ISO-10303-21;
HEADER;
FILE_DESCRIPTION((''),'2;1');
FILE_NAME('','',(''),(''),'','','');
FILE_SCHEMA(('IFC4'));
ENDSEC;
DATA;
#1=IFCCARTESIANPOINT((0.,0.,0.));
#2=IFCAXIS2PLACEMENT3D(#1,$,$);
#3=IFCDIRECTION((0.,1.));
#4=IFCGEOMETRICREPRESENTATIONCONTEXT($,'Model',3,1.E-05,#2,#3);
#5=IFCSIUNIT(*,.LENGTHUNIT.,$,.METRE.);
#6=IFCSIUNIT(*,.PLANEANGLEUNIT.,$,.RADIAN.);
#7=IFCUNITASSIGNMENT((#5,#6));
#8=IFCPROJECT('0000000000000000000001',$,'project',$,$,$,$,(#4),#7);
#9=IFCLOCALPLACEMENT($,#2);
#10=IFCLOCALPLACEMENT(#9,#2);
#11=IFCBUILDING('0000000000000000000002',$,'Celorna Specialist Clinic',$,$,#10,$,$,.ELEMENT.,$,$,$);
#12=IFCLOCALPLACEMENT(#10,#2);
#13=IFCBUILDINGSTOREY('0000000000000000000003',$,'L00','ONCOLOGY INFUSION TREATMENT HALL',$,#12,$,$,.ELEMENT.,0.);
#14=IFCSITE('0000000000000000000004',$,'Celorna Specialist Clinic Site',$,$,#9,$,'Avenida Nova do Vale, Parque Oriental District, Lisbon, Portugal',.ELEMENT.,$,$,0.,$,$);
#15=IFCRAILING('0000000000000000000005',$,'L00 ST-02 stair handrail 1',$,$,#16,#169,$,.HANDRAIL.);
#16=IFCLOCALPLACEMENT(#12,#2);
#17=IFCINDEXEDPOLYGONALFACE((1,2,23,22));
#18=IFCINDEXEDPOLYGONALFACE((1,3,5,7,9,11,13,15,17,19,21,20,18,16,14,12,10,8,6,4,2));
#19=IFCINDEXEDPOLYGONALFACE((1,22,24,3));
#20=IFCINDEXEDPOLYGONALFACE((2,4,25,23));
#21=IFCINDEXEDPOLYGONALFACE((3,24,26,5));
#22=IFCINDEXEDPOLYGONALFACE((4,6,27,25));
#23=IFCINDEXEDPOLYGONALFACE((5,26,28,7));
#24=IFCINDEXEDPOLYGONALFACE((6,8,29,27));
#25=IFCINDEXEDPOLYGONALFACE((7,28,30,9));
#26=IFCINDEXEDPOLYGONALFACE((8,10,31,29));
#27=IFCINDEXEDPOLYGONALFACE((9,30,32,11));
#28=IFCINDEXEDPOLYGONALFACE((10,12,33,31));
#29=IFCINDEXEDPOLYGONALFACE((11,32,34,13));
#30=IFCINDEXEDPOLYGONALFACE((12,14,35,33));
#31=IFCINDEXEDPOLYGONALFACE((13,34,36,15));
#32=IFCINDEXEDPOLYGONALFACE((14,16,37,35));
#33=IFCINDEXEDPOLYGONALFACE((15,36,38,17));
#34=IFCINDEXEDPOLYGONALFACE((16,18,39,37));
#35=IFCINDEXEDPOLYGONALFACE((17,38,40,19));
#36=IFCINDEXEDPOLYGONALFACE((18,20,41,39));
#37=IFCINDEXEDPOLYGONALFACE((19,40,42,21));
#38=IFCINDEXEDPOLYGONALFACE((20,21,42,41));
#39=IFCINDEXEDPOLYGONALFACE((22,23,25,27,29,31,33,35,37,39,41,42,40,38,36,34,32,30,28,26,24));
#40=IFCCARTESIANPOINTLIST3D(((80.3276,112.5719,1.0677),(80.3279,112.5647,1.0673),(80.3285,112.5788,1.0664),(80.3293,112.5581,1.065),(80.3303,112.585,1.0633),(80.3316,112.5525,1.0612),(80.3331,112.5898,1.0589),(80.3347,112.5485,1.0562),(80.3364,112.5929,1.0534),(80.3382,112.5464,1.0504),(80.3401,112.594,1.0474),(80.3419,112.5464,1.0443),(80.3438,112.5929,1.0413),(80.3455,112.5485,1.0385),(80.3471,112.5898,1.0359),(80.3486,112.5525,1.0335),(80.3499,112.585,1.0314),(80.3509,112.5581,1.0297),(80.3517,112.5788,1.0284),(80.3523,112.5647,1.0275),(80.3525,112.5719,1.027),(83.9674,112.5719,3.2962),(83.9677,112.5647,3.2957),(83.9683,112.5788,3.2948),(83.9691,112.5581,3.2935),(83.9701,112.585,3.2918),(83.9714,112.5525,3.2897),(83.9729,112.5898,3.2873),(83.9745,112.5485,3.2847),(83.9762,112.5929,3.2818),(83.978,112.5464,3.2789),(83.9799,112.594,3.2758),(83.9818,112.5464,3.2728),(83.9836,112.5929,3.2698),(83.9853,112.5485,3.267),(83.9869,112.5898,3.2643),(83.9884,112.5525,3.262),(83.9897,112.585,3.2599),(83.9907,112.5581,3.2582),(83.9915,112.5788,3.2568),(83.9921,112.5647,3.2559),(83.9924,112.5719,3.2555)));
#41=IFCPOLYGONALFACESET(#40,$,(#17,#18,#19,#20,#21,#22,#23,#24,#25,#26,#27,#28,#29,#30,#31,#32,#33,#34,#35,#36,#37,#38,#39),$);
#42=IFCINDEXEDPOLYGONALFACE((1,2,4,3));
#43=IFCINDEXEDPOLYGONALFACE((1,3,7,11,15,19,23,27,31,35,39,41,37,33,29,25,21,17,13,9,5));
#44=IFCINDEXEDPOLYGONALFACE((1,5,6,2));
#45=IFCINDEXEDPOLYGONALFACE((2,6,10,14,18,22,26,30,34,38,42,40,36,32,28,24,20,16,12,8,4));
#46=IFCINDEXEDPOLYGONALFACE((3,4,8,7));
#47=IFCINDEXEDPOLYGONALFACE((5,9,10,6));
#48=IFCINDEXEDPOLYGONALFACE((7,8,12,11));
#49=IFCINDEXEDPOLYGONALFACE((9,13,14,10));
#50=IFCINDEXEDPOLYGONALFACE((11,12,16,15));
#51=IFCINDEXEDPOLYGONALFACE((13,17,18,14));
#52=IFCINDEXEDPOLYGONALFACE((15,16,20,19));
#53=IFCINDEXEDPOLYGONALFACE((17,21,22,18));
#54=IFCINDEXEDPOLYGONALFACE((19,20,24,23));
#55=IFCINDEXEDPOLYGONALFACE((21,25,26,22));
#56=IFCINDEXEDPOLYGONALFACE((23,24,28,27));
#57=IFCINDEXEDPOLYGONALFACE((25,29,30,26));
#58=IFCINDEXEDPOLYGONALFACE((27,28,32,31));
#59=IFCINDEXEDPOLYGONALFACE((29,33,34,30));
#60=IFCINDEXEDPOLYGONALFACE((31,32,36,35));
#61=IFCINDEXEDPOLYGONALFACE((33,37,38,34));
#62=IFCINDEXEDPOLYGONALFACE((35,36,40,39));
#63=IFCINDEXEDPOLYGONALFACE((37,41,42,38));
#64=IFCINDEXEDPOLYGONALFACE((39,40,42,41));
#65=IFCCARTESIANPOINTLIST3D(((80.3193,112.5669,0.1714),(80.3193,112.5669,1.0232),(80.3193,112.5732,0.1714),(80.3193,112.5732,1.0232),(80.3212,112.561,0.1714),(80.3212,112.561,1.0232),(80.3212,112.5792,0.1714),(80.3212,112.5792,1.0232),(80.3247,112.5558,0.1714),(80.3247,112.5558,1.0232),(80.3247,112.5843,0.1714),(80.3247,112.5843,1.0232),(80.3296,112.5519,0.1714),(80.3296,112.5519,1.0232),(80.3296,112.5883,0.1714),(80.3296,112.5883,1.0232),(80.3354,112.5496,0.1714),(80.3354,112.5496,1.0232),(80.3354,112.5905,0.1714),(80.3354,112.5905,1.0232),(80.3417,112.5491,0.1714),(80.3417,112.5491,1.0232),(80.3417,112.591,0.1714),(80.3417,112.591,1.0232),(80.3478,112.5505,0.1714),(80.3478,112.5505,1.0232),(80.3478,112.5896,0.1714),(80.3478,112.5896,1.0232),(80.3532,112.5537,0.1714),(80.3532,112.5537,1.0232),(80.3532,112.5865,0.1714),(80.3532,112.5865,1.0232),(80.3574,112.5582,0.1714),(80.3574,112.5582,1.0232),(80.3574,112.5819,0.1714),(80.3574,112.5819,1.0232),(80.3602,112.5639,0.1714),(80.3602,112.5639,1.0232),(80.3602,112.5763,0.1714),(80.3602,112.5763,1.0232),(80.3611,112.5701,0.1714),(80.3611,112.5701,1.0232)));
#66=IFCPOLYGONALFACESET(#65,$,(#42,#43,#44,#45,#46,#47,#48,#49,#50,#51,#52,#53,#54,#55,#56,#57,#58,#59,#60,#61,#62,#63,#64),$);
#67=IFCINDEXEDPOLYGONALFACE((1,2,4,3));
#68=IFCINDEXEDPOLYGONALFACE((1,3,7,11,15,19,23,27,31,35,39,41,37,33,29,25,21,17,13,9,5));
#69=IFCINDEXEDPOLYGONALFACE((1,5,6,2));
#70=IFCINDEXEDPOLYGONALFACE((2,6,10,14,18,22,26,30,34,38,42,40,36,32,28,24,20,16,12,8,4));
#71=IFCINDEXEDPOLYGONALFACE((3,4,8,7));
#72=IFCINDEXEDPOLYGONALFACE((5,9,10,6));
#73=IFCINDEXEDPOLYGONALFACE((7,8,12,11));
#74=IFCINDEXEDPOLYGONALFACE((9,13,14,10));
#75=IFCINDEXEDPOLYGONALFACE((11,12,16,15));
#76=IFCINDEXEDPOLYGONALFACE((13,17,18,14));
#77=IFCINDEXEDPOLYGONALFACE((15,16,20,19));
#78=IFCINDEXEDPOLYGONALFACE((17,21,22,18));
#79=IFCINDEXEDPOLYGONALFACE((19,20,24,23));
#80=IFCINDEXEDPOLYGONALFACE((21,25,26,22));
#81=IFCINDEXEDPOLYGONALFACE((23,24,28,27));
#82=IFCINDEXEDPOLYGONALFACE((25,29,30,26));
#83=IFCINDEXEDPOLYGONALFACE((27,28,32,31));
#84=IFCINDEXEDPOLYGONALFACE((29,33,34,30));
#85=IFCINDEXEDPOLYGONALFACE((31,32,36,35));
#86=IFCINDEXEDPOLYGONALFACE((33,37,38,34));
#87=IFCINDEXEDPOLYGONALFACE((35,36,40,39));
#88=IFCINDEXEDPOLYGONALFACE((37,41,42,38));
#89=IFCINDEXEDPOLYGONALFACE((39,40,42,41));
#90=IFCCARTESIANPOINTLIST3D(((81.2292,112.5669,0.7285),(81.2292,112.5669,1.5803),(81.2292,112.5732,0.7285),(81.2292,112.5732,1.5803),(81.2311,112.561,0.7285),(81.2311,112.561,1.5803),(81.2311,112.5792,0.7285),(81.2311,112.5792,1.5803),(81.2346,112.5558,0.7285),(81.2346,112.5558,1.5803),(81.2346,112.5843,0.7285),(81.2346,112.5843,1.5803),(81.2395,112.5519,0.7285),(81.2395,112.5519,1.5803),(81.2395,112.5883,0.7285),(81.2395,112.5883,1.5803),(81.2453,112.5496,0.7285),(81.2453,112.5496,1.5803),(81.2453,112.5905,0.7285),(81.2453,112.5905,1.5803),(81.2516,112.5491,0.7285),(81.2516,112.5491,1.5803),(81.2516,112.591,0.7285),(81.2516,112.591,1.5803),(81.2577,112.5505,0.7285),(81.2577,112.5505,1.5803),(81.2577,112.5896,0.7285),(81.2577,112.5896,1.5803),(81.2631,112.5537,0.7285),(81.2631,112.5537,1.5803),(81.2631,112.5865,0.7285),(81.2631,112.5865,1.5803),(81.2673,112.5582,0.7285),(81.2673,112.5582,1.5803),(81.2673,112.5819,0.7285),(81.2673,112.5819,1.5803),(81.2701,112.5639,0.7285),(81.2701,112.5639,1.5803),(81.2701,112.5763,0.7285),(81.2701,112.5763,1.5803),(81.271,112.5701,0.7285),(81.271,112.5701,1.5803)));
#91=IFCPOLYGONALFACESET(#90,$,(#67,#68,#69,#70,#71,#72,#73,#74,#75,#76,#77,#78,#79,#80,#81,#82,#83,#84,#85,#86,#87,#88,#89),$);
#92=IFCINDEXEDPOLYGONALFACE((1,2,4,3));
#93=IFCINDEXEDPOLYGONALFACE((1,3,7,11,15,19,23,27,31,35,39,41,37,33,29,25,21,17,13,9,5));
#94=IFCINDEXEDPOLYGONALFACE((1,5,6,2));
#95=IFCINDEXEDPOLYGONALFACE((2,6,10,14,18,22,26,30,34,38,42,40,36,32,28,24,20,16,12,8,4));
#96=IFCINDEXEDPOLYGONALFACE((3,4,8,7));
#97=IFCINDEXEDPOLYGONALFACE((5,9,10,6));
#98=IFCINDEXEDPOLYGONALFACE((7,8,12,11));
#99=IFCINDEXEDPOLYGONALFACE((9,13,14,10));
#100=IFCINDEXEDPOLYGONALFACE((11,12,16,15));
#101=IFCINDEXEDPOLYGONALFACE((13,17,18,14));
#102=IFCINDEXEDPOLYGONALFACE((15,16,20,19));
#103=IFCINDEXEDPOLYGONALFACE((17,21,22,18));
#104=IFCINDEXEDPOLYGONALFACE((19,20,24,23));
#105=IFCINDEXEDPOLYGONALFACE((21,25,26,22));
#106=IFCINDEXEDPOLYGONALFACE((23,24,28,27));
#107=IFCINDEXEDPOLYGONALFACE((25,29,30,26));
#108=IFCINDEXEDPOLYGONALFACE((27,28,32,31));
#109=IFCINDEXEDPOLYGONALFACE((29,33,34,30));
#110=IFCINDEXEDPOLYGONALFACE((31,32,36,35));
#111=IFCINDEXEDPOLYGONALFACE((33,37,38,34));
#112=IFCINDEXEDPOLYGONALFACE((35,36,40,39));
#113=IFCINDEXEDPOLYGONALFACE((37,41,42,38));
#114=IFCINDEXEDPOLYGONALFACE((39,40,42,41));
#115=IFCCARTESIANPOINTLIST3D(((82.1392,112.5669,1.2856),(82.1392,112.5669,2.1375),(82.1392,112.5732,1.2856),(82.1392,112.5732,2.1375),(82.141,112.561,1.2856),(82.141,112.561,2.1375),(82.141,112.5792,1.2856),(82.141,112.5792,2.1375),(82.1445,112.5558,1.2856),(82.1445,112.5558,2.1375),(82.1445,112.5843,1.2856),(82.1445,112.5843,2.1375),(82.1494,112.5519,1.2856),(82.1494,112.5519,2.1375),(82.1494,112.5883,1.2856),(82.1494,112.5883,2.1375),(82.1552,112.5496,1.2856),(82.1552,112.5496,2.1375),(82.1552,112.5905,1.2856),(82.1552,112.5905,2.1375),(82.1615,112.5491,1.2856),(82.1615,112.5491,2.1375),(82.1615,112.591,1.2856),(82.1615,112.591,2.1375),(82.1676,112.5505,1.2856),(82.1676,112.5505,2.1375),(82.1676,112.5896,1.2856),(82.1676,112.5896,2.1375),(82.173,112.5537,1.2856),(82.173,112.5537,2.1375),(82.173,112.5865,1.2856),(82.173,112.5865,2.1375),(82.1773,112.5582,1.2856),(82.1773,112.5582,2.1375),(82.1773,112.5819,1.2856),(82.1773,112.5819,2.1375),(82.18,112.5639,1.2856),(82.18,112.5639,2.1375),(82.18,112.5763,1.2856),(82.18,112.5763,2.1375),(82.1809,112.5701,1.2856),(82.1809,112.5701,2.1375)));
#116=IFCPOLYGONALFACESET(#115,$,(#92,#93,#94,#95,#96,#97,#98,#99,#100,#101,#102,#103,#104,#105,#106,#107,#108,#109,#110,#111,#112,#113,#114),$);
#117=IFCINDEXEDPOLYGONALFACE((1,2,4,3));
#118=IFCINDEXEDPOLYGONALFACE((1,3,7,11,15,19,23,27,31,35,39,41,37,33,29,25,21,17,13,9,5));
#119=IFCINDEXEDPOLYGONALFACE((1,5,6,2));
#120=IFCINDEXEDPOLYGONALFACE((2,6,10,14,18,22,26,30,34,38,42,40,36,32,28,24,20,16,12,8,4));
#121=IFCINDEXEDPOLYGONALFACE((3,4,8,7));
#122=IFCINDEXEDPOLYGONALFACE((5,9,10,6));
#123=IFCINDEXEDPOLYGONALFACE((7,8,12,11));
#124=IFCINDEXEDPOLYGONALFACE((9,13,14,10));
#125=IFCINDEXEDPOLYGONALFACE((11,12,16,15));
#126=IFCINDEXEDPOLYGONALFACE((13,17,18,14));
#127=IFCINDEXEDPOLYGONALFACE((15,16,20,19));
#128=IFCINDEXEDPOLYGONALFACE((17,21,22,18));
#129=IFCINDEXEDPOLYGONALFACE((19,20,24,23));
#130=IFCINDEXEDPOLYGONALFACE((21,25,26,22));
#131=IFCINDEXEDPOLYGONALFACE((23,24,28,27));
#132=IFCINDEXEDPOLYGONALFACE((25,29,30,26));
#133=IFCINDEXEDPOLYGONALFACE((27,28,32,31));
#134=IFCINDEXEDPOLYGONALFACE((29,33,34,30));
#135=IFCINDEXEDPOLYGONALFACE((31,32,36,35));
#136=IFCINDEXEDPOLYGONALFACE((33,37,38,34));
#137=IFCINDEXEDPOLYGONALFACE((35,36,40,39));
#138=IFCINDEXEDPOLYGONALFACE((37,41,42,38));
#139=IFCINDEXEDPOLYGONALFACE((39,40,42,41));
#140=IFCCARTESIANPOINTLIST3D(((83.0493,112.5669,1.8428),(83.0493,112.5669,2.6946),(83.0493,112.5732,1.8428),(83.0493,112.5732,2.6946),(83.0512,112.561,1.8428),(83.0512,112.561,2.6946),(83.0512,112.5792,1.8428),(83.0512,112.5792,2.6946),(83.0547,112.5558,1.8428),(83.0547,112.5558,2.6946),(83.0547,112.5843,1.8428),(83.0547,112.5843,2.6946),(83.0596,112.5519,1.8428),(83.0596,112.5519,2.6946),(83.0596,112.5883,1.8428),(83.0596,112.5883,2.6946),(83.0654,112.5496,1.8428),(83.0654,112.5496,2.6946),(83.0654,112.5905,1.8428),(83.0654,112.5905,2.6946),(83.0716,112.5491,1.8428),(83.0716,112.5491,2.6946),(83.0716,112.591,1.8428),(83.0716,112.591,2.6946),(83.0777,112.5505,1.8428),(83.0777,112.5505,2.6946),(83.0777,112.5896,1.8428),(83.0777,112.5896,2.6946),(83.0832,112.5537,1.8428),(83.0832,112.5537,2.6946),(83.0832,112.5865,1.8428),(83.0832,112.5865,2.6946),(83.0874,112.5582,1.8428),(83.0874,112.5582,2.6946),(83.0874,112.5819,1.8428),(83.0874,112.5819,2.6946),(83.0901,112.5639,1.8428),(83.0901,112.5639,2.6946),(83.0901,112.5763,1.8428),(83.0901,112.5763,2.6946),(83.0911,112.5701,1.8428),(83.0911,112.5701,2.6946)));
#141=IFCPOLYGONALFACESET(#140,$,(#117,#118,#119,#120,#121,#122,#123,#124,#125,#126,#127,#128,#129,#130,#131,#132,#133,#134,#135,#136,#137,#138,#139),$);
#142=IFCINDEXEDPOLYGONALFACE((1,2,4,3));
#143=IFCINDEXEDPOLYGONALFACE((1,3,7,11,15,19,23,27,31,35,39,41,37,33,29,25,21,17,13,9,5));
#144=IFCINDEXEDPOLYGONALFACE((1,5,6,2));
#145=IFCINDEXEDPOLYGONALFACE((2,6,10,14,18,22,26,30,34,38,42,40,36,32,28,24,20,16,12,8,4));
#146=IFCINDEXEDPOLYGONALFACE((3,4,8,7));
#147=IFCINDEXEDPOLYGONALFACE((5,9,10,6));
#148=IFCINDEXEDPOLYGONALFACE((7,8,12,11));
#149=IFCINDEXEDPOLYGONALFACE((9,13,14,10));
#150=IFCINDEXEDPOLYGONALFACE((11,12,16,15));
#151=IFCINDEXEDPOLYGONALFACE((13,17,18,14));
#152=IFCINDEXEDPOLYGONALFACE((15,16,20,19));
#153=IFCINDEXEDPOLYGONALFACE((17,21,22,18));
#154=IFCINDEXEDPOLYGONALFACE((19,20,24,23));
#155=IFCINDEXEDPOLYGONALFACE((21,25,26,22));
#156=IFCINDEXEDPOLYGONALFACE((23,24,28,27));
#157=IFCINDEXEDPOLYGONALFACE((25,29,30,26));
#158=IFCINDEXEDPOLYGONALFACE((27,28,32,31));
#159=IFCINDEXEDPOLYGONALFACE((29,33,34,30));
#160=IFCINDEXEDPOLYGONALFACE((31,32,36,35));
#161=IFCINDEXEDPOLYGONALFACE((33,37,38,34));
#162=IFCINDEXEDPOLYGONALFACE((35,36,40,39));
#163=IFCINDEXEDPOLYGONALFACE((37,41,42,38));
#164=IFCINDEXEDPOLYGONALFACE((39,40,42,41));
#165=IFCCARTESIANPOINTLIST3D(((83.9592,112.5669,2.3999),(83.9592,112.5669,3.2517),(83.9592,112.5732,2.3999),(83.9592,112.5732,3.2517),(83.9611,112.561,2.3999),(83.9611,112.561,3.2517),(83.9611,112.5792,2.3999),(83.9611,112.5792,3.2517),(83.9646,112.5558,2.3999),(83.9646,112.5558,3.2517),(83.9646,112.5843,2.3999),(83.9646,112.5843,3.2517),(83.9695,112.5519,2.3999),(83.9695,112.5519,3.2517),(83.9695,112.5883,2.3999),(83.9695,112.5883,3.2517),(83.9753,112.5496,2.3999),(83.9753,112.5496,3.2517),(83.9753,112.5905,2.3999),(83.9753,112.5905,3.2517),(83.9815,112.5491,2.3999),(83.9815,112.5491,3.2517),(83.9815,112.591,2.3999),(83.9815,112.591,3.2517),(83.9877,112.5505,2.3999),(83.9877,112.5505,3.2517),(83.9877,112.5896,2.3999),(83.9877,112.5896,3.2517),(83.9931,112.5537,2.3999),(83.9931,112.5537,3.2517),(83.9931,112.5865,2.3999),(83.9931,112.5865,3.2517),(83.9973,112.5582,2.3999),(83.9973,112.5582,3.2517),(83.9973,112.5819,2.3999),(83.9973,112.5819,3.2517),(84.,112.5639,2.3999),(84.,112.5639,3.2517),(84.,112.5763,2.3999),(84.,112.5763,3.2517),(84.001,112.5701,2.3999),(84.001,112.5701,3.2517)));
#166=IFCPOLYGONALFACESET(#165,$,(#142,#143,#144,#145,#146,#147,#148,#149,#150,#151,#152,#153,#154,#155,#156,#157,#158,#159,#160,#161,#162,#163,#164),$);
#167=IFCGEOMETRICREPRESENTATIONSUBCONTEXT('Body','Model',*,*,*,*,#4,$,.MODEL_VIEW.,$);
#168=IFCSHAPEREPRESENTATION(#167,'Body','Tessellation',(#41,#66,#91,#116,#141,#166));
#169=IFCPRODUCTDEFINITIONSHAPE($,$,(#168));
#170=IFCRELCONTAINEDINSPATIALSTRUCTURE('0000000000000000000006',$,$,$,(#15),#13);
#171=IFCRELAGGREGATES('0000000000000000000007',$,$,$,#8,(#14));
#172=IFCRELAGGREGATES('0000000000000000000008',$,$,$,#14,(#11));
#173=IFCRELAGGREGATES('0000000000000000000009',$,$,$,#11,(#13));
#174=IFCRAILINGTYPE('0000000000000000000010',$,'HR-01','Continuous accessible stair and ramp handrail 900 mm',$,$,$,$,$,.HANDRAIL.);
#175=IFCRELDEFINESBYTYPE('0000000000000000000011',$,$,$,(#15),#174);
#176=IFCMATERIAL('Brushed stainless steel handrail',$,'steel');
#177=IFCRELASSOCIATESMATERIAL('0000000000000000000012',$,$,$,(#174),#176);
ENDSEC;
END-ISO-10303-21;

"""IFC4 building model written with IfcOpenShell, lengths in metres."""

from ifc_helpers import new_model, si_unit, direction, frame, origin, origin_2d, place, context, subcontext, project, spatial, circle, extrude, material, type_object, element, save


model = new_model("IFC4")

# Units and contexts
model_context = context("Model", 3, precision=1e-05, world=origin(), true_north=direction((0.0, 1.0)))
body_context = subcontext(model_context, "Body", "Model", "MODEL_VIEW")
ifc_project = project(units=[si_unit("LENGTHUNIT", "METRE"), si_unit("PLANEANGLEUNIT", "RADIAN")], contexts=[model_context])

# Site, building, storey
site_placement = place(None, origin())
site = spatial("IfcSite", under=ifc_project, at=site_placement, Name="Celorna Specialist Clinic Site", LongName="Avenida Nova do Vale, Parque Oriental District, Lisbon, Portugal", CompositionType="ELEMENT", RefElevation=0.0)
building_placement = place(site_placement, origin())
building = spatial("IfcBuilding", under=site, at=building_placement, Name="Celorna Specialist Clinic", CompositionType="ELEMENT")
storey_placement = place(building_placement, origin())
storey = spatial("IfcBuildingStorey", under=building, at=storey_placement, Name="L00", Description="ONCOLOGY INFUSION TREATMENT HALL", CompositionType="ELEMENT", Elevation=0.0)

# Railing
ifc_material_1 = material(Name="Brushed stainless steel handrail", Category="steel")
railing_type_1 = type_object("IfcRailingType", Name="HR-01", Description="Continuous accessible stair and ramp handrail 900 mm", PredefinedType="HANDRAIL", material=ifc_material_1)
railing_1_placement = place(storey_placement, frame((80.3401, 112.5701, 0.1714)))
element("IfcRailing", 1, at=railing_1_placement, inside=storey, type_object=railing_type_1, Name="L00 ST-02 stair handrail 1", PredefinedType="HANDRAIL", context=body_context, shape_type="SweptSolid", body=[
    extrude(circle(Radius=0.0239, at=origin_2d()), frame((0.0, 0.0, 0.876), z_axis=(0.85285, 0.0, 0.522156), x_axis=(0.0, 1.0, 0.0)), (0.0, 0.0, 1.0), 4.2678),
    extrude(circle(Radius=0.021, at=origin_2d()), origin(), (0.0, 0.0, 1.0), 0.8518),
    extrude(circle(Radius=0.021, at=origin_2d()), frame((0.9099, 0.0, 0.5571)), (0.0, 0.0, 1.0), 0.8518),
    extrude(circle(Radius=0.021, at=origin_2d()), frame((1.8198, 0.0, 1.1143)), (0.0, 0.0, 1.0), 0.8518),
    extrude(circle(Radius=0.021, at=origin_2d()), frame((2.73, 0.0, 1.6714)), (0.0, 0.0, 1.0), 0.8518),
    extrude(circle(Radius=0.021, at=origin_2d()), frame((3.6399, 0.0, 2.2285)), (0.0, 0.0, 1.0), 0.8518),
])

save(model, "model.ifc")
